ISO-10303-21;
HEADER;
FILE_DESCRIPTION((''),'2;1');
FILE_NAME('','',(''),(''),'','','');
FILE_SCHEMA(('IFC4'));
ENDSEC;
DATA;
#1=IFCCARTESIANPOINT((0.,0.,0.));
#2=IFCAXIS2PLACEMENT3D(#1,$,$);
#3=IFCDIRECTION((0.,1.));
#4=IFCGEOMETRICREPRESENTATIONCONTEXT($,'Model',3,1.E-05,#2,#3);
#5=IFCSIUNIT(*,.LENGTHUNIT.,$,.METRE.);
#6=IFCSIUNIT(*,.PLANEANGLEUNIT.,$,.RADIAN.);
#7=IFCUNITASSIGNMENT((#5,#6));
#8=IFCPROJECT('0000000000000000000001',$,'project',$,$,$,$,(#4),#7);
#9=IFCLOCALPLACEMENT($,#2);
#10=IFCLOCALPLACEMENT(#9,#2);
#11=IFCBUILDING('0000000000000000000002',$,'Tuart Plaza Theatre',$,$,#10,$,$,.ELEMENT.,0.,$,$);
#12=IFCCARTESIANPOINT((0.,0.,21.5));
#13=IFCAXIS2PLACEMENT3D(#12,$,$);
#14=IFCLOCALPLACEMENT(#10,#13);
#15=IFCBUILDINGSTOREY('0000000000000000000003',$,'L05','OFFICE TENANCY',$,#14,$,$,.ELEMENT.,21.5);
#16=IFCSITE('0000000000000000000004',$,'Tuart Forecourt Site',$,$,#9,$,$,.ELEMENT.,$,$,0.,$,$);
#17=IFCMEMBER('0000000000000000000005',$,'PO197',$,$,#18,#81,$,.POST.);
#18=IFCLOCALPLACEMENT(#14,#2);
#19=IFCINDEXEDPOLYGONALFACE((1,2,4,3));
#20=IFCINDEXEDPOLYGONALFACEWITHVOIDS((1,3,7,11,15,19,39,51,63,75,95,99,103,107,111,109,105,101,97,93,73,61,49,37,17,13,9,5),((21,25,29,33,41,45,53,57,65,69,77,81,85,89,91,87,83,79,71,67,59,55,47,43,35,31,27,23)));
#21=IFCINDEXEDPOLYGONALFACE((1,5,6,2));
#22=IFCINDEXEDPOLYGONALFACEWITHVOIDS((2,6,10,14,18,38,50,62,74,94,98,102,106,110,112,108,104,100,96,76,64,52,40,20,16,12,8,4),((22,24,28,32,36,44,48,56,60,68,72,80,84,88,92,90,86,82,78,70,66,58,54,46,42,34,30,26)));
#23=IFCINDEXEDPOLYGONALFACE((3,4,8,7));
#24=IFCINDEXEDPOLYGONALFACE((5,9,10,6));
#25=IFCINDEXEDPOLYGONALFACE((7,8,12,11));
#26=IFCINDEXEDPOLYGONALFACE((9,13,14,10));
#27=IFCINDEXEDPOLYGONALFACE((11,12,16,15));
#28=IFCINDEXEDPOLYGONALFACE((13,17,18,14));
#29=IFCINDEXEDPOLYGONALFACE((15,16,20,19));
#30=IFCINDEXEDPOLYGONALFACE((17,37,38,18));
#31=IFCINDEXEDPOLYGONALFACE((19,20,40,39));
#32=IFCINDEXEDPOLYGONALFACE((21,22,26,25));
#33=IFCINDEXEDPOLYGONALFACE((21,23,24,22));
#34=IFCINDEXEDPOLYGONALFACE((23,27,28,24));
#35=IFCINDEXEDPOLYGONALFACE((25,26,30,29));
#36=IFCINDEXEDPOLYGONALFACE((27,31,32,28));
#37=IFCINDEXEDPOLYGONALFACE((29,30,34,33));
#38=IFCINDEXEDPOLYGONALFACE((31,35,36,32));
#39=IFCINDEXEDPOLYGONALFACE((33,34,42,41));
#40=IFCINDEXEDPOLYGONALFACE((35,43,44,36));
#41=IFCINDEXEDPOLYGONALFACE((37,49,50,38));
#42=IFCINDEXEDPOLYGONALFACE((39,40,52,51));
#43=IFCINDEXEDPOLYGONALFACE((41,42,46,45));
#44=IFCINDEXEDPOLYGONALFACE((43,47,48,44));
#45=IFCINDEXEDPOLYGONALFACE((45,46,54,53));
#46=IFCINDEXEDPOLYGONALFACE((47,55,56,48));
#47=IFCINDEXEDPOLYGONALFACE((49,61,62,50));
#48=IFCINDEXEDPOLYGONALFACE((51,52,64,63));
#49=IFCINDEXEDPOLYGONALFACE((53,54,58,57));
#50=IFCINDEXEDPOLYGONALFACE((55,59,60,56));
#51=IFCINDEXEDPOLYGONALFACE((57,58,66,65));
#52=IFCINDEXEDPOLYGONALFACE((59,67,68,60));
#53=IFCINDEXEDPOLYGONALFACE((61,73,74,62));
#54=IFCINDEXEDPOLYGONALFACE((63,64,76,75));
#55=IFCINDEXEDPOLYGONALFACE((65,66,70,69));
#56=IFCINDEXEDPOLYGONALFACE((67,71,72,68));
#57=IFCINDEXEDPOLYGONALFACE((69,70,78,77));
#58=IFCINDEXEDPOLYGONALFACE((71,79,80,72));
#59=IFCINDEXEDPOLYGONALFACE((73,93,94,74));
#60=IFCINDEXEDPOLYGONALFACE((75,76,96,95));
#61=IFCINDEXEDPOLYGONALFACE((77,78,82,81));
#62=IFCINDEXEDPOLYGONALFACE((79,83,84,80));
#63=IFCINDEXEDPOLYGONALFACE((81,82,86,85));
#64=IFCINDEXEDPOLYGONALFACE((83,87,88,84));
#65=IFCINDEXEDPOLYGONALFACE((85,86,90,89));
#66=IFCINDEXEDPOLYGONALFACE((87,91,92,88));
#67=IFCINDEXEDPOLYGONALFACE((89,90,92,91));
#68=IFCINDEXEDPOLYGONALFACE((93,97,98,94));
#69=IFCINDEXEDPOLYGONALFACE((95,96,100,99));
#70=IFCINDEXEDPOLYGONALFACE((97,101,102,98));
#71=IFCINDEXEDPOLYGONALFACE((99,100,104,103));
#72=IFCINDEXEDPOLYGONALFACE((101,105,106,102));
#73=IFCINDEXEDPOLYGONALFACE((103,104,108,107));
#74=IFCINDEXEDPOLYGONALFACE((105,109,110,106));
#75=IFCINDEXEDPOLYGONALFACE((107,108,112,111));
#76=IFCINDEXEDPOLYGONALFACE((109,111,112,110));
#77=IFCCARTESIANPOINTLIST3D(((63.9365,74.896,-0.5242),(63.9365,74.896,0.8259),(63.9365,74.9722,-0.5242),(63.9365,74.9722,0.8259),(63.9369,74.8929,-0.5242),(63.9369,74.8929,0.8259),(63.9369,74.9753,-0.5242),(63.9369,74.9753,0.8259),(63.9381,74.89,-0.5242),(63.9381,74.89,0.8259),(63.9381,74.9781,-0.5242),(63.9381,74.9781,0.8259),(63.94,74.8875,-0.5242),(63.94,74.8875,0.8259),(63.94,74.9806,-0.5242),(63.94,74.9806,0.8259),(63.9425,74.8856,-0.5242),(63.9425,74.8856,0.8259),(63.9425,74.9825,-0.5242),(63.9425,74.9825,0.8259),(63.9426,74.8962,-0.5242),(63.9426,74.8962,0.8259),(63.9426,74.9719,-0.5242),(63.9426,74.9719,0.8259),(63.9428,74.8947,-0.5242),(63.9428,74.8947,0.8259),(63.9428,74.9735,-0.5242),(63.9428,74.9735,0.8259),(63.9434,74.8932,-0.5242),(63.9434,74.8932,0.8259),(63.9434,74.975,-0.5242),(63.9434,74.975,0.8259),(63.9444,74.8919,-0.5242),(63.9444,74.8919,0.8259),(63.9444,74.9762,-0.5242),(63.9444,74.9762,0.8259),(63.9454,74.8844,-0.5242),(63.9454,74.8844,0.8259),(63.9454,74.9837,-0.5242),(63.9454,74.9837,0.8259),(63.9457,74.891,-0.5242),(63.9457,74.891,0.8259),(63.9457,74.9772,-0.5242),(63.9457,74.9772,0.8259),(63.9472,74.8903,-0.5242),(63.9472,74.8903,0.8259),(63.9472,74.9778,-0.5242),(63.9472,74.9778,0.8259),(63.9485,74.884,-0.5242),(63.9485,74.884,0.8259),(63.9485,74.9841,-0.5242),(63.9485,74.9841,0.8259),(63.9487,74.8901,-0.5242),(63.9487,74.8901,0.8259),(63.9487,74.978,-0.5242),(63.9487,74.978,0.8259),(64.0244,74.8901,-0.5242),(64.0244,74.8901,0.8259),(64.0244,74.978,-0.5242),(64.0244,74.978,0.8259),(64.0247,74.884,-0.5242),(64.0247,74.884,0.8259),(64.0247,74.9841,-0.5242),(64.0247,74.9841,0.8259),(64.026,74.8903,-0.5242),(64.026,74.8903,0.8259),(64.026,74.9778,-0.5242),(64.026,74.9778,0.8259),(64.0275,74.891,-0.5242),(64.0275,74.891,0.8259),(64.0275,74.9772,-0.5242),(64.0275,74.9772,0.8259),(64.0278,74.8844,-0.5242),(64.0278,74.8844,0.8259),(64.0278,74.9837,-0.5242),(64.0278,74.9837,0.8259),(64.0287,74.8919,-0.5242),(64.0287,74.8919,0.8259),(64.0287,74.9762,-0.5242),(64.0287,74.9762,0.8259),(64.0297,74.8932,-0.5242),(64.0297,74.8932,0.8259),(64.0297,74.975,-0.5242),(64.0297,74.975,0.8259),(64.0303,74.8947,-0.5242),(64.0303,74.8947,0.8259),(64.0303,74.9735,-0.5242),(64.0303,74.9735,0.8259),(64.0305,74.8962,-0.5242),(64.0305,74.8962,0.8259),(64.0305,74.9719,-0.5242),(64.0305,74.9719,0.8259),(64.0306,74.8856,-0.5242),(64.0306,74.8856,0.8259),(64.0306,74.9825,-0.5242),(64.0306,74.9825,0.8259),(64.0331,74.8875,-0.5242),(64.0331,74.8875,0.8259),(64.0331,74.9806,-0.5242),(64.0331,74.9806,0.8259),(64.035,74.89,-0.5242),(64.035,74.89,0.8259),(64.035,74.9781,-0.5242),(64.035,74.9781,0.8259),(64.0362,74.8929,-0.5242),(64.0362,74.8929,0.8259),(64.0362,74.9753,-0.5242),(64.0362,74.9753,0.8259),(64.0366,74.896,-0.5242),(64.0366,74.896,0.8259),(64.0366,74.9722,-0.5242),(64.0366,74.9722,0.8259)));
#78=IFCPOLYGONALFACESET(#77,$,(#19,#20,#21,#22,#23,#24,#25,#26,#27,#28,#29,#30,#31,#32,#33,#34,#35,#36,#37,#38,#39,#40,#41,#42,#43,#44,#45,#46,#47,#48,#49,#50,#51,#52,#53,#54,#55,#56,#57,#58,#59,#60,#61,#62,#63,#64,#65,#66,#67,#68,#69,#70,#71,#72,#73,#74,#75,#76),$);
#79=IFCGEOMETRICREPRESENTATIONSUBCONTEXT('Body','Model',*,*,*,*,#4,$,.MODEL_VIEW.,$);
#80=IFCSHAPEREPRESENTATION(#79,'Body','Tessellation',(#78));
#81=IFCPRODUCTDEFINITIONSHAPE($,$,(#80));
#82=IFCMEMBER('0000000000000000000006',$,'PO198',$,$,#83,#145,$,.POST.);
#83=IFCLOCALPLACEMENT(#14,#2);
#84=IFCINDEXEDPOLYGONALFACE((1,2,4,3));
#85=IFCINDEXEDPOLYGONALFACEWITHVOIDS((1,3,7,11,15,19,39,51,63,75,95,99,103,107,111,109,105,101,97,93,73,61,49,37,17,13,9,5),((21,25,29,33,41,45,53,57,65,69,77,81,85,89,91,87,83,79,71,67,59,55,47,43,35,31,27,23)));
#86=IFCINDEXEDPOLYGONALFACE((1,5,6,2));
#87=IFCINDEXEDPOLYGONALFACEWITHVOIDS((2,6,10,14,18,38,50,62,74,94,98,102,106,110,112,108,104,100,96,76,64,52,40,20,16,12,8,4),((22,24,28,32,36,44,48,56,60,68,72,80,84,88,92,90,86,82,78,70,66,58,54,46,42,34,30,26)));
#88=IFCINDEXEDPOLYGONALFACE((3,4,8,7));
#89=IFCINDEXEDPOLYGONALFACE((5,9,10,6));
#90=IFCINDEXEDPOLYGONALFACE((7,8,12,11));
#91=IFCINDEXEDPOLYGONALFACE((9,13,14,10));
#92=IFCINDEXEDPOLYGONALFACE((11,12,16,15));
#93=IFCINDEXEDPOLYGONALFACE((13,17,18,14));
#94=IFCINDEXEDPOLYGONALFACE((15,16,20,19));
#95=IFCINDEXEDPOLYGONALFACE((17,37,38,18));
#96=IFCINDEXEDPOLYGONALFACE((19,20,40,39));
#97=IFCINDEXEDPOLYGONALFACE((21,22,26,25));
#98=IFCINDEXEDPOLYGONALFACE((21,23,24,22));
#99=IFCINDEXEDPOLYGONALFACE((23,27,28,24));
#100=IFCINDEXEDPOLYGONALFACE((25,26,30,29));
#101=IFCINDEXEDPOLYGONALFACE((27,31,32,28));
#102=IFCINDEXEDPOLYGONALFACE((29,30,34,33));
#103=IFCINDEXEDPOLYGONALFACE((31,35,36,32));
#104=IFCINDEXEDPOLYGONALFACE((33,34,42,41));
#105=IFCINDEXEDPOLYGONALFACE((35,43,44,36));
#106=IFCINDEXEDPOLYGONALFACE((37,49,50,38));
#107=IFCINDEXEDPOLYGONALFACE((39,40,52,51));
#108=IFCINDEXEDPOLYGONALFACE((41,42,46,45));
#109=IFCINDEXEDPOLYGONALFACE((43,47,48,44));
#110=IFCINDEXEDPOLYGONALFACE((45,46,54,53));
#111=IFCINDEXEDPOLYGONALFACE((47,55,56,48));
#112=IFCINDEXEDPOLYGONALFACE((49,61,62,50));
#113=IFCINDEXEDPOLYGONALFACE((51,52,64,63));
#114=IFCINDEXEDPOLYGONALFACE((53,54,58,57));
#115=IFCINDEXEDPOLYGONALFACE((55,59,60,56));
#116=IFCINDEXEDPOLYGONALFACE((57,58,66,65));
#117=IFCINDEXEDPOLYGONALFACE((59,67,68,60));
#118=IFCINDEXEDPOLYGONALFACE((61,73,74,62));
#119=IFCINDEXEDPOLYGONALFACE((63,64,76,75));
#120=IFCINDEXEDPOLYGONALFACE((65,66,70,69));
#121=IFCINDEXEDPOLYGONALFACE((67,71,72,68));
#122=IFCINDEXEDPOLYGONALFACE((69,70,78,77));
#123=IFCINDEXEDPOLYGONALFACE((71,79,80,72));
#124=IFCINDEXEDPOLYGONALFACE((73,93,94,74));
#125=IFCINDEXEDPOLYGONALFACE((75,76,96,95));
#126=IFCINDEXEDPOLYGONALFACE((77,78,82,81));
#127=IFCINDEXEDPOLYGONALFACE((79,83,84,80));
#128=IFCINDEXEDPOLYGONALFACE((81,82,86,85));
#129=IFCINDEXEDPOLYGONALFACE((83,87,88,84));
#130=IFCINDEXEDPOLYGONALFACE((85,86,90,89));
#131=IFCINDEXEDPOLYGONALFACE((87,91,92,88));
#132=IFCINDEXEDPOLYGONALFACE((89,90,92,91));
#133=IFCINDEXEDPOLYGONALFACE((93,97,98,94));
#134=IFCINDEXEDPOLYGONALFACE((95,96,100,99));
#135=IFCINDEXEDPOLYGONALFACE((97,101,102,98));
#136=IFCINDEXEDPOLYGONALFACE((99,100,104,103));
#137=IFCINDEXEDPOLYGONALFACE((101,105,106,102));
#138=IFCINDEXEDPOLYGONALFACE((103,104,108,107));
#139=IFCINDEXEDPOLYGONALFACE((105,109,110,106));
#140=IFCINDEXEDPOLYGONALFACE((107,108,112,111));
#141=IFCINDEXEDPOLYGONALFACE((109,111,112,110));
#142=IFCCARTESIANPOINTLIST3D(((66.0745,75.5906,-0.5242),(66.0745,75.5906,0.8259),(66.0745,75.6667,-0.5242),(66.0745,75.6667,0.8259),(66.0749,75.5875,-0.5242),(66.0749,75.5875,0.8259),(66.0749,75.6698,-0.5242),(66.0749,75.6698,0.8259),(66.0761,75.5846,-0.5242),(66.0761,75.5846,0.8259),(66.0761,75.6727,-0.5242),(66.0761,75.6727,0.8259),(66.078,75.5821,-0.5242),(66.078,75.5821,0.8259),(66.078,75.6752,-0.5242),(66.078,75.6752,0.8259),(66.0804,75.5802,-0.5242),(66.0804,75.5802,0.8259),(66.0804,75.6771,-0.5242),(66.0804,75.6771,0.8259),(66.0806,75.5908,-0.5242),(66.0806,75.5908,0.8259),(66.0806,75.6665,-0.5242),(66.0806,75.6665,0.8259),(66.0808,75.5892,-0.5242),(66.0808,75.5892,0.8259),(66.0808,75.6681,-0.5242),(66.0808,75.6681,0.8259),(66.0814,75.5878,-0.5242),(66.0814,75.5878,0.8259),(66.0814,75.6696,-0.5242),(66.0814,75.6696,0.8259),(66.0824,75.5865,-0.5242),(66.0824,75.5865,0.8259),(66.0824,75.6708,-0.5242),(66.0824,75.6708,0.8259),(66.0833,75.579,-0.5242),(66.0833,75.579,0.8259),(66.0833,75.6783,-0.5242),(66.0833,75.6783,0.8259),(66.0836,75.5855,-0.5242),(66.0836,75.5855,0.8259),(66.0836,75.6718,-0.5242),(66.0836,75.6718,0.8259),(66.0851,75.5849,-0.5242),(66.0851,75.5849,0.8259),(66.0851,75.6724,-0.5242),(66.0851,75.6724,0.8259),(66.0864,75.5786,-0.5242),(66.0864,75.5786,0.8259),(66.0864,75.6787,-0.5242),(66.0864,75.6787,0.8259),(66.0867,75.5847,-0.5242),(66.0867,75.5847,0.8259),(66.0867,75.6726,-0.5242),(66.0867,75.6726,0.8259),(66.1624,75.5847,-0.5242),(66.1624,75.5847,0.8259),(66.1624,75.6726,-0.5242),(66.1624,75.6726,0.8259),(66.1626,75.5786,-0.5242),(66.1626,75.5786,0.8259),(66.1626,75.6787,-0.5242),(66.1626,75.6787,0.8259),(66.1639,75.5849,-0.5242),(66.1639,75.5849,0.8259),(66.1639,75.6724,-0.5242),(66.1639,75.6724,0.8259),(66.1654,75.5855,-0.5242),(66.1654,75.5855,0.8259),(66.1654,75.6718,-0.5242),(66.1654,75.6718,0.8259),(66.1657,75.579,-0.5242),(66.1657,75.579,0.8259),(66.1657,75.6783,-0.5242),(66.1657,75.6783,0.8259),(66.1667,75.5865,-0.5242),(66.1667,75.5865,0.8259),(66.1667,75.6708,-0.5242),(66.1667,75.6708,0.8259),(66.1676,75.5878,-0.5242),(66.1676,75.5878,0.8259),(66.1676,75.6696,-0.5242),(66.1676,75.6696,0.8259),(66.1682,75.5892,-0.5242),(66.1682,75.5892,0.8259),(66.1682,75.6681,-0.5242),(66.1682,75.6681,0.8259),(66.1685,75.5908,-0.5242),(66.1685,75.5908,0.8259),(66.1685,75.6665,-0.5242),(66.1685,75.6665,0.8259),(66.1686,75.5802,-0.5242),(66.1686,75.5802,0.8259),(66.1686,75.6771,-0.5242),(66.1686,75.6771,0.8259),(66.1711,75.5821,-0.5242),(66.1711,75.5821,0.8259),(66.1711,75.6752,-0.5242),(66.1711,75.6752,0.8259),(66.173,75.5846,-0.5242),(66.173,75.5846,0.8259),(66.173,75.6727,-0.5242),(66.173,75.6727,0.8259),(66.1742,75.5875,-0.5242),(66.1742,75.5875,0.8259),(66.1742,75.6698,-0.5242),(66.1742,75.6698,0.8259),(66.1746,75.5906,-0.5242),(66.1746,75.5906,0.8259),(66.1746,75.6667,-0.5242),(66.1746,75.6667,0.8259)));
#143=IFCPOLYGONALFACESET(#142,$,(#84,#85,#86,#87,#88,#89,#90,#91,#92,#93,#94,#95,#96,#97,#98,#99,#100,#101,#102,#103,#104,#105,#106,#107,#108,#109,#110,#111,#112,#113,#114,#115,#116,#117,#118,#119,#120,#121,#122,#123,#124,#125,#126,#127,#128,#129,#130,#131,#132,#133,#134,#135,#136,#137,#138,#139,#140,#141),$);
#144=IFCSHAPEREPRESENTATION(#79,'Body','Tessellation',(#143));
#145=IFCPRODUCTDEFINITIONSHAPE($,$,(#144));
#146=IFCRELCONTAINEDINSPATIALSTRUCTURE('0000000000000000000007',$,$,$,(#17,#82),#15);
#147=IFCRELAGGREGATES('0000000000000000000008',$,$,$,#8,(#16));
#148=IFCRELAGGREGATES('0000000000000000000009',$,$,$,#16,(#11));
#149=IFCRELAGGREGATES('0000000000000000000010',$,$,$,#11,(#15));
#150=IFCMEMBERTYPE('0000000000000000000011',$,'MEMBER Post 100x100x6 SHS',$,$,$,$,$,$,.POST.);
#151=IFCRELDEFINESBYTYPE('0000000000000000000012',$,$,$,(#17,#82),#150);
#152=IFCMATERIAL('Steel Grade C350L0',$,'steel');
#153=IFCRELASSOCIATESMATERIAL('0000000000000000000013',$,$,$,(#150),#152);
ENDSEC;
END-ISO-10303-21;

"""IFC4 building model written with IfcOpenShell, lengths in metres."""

from ifc_helpers import new_model, si_unit, direction, frame, origin, origin_2d, place, context, subcontext, project, spatial, hollow_rectangle, extrude, material, material_profile, profile_set, type_object, element, save


model = new_model("IFC4")

# Units and contexts
model_context = context("Model", 3, precision=1e-05, world=origin(), true_north=direction((0.0, 1.0)))
body_context = subcontext(model_context, "Body", "Model", "MODEL_VIEW")
ifc_project = project(units=[si_unit("LENGTHUNIT", "METRE"), si_unit("PLANEANGLEUNIT", "RADIAN")], contexts=[model_context])

# Site, building, storey
site_placement = place(None, origin())
site = spatial("IfcSite", under=ifc_project, at=site_placement, Name="Tuart Forecourt Site", CompositionType="ELEMENT", RefElevation=0.0)
building_placement = place(site_placement, origin())
building = spatial("IfcBuilding", under=site, at=building_placement, Name="Tuart Plaza Theatre", CompositionType="ELEMENT", ElevationOfRefHeight=0.0)
storey_placement = place(building_placement, frame((0.0, 0.0, 21.5)))
storey = spatial("IfcBuildingStorey", under=building, at=storey_placement, Name="L05", Description="OFFICE TENANCY", CompositionType="ELEMENT", Elevation=21.5)

# Members
ifc_material_1 = material(Name="Steel Grade C350L0", Category="steel")
ifc_material_profile_1 = material_profile(ifc_material_1, hollow_rectangle(XDim=0.1001, YDim=0.1001, WallThickness=0.0061, InnerFilletRadius=0.0061, OuterFilletRadius=0.012, at=origin_2d()), Name="100x100x6 SHS")
ifc_profile_set_1 = profile_set([ifc_material_profile_1], Name="Steel Grade C350L0")
member_type_1 = type_object("IfcMemberType", Name="MEMBER Post 100x100x6 SHS", PredefinedType="POST", material=ifc_profile_set_1)
for number, where, z_axis, x_axis, name in (
    (1, (63.9866, 74.9341, -0.5242), (0.0, 0.0, 1.0), (1.0, 0.0, 0.0), "PO197"),
    (2, (66.1245, 75.6287, -0.5242), (0.0, 0.0, 1.0), (1.0, 0.0, 0.0), "PO198"),
):
    element("IfcMember", number, at=place(storey_placement, frame(where, z_axis=z_axis, x_axis=x_axis)), inside=storey, type_object=member_type_1, Name=name, PredefinedType="POST", context=body_context, shape_type="SweptSolid", body=[
        extrude(hollow_rectangle(XDim=0.1001, YDim=0.1001, WallThickness=0.0061, InnerFilletRadius=0.0061, OuterFilletRadius=0.012, at=origin_2d()), origin(), (0.0, 0.0, 1.0), 1.3501),
    ])

save(model, "model.ifc")
